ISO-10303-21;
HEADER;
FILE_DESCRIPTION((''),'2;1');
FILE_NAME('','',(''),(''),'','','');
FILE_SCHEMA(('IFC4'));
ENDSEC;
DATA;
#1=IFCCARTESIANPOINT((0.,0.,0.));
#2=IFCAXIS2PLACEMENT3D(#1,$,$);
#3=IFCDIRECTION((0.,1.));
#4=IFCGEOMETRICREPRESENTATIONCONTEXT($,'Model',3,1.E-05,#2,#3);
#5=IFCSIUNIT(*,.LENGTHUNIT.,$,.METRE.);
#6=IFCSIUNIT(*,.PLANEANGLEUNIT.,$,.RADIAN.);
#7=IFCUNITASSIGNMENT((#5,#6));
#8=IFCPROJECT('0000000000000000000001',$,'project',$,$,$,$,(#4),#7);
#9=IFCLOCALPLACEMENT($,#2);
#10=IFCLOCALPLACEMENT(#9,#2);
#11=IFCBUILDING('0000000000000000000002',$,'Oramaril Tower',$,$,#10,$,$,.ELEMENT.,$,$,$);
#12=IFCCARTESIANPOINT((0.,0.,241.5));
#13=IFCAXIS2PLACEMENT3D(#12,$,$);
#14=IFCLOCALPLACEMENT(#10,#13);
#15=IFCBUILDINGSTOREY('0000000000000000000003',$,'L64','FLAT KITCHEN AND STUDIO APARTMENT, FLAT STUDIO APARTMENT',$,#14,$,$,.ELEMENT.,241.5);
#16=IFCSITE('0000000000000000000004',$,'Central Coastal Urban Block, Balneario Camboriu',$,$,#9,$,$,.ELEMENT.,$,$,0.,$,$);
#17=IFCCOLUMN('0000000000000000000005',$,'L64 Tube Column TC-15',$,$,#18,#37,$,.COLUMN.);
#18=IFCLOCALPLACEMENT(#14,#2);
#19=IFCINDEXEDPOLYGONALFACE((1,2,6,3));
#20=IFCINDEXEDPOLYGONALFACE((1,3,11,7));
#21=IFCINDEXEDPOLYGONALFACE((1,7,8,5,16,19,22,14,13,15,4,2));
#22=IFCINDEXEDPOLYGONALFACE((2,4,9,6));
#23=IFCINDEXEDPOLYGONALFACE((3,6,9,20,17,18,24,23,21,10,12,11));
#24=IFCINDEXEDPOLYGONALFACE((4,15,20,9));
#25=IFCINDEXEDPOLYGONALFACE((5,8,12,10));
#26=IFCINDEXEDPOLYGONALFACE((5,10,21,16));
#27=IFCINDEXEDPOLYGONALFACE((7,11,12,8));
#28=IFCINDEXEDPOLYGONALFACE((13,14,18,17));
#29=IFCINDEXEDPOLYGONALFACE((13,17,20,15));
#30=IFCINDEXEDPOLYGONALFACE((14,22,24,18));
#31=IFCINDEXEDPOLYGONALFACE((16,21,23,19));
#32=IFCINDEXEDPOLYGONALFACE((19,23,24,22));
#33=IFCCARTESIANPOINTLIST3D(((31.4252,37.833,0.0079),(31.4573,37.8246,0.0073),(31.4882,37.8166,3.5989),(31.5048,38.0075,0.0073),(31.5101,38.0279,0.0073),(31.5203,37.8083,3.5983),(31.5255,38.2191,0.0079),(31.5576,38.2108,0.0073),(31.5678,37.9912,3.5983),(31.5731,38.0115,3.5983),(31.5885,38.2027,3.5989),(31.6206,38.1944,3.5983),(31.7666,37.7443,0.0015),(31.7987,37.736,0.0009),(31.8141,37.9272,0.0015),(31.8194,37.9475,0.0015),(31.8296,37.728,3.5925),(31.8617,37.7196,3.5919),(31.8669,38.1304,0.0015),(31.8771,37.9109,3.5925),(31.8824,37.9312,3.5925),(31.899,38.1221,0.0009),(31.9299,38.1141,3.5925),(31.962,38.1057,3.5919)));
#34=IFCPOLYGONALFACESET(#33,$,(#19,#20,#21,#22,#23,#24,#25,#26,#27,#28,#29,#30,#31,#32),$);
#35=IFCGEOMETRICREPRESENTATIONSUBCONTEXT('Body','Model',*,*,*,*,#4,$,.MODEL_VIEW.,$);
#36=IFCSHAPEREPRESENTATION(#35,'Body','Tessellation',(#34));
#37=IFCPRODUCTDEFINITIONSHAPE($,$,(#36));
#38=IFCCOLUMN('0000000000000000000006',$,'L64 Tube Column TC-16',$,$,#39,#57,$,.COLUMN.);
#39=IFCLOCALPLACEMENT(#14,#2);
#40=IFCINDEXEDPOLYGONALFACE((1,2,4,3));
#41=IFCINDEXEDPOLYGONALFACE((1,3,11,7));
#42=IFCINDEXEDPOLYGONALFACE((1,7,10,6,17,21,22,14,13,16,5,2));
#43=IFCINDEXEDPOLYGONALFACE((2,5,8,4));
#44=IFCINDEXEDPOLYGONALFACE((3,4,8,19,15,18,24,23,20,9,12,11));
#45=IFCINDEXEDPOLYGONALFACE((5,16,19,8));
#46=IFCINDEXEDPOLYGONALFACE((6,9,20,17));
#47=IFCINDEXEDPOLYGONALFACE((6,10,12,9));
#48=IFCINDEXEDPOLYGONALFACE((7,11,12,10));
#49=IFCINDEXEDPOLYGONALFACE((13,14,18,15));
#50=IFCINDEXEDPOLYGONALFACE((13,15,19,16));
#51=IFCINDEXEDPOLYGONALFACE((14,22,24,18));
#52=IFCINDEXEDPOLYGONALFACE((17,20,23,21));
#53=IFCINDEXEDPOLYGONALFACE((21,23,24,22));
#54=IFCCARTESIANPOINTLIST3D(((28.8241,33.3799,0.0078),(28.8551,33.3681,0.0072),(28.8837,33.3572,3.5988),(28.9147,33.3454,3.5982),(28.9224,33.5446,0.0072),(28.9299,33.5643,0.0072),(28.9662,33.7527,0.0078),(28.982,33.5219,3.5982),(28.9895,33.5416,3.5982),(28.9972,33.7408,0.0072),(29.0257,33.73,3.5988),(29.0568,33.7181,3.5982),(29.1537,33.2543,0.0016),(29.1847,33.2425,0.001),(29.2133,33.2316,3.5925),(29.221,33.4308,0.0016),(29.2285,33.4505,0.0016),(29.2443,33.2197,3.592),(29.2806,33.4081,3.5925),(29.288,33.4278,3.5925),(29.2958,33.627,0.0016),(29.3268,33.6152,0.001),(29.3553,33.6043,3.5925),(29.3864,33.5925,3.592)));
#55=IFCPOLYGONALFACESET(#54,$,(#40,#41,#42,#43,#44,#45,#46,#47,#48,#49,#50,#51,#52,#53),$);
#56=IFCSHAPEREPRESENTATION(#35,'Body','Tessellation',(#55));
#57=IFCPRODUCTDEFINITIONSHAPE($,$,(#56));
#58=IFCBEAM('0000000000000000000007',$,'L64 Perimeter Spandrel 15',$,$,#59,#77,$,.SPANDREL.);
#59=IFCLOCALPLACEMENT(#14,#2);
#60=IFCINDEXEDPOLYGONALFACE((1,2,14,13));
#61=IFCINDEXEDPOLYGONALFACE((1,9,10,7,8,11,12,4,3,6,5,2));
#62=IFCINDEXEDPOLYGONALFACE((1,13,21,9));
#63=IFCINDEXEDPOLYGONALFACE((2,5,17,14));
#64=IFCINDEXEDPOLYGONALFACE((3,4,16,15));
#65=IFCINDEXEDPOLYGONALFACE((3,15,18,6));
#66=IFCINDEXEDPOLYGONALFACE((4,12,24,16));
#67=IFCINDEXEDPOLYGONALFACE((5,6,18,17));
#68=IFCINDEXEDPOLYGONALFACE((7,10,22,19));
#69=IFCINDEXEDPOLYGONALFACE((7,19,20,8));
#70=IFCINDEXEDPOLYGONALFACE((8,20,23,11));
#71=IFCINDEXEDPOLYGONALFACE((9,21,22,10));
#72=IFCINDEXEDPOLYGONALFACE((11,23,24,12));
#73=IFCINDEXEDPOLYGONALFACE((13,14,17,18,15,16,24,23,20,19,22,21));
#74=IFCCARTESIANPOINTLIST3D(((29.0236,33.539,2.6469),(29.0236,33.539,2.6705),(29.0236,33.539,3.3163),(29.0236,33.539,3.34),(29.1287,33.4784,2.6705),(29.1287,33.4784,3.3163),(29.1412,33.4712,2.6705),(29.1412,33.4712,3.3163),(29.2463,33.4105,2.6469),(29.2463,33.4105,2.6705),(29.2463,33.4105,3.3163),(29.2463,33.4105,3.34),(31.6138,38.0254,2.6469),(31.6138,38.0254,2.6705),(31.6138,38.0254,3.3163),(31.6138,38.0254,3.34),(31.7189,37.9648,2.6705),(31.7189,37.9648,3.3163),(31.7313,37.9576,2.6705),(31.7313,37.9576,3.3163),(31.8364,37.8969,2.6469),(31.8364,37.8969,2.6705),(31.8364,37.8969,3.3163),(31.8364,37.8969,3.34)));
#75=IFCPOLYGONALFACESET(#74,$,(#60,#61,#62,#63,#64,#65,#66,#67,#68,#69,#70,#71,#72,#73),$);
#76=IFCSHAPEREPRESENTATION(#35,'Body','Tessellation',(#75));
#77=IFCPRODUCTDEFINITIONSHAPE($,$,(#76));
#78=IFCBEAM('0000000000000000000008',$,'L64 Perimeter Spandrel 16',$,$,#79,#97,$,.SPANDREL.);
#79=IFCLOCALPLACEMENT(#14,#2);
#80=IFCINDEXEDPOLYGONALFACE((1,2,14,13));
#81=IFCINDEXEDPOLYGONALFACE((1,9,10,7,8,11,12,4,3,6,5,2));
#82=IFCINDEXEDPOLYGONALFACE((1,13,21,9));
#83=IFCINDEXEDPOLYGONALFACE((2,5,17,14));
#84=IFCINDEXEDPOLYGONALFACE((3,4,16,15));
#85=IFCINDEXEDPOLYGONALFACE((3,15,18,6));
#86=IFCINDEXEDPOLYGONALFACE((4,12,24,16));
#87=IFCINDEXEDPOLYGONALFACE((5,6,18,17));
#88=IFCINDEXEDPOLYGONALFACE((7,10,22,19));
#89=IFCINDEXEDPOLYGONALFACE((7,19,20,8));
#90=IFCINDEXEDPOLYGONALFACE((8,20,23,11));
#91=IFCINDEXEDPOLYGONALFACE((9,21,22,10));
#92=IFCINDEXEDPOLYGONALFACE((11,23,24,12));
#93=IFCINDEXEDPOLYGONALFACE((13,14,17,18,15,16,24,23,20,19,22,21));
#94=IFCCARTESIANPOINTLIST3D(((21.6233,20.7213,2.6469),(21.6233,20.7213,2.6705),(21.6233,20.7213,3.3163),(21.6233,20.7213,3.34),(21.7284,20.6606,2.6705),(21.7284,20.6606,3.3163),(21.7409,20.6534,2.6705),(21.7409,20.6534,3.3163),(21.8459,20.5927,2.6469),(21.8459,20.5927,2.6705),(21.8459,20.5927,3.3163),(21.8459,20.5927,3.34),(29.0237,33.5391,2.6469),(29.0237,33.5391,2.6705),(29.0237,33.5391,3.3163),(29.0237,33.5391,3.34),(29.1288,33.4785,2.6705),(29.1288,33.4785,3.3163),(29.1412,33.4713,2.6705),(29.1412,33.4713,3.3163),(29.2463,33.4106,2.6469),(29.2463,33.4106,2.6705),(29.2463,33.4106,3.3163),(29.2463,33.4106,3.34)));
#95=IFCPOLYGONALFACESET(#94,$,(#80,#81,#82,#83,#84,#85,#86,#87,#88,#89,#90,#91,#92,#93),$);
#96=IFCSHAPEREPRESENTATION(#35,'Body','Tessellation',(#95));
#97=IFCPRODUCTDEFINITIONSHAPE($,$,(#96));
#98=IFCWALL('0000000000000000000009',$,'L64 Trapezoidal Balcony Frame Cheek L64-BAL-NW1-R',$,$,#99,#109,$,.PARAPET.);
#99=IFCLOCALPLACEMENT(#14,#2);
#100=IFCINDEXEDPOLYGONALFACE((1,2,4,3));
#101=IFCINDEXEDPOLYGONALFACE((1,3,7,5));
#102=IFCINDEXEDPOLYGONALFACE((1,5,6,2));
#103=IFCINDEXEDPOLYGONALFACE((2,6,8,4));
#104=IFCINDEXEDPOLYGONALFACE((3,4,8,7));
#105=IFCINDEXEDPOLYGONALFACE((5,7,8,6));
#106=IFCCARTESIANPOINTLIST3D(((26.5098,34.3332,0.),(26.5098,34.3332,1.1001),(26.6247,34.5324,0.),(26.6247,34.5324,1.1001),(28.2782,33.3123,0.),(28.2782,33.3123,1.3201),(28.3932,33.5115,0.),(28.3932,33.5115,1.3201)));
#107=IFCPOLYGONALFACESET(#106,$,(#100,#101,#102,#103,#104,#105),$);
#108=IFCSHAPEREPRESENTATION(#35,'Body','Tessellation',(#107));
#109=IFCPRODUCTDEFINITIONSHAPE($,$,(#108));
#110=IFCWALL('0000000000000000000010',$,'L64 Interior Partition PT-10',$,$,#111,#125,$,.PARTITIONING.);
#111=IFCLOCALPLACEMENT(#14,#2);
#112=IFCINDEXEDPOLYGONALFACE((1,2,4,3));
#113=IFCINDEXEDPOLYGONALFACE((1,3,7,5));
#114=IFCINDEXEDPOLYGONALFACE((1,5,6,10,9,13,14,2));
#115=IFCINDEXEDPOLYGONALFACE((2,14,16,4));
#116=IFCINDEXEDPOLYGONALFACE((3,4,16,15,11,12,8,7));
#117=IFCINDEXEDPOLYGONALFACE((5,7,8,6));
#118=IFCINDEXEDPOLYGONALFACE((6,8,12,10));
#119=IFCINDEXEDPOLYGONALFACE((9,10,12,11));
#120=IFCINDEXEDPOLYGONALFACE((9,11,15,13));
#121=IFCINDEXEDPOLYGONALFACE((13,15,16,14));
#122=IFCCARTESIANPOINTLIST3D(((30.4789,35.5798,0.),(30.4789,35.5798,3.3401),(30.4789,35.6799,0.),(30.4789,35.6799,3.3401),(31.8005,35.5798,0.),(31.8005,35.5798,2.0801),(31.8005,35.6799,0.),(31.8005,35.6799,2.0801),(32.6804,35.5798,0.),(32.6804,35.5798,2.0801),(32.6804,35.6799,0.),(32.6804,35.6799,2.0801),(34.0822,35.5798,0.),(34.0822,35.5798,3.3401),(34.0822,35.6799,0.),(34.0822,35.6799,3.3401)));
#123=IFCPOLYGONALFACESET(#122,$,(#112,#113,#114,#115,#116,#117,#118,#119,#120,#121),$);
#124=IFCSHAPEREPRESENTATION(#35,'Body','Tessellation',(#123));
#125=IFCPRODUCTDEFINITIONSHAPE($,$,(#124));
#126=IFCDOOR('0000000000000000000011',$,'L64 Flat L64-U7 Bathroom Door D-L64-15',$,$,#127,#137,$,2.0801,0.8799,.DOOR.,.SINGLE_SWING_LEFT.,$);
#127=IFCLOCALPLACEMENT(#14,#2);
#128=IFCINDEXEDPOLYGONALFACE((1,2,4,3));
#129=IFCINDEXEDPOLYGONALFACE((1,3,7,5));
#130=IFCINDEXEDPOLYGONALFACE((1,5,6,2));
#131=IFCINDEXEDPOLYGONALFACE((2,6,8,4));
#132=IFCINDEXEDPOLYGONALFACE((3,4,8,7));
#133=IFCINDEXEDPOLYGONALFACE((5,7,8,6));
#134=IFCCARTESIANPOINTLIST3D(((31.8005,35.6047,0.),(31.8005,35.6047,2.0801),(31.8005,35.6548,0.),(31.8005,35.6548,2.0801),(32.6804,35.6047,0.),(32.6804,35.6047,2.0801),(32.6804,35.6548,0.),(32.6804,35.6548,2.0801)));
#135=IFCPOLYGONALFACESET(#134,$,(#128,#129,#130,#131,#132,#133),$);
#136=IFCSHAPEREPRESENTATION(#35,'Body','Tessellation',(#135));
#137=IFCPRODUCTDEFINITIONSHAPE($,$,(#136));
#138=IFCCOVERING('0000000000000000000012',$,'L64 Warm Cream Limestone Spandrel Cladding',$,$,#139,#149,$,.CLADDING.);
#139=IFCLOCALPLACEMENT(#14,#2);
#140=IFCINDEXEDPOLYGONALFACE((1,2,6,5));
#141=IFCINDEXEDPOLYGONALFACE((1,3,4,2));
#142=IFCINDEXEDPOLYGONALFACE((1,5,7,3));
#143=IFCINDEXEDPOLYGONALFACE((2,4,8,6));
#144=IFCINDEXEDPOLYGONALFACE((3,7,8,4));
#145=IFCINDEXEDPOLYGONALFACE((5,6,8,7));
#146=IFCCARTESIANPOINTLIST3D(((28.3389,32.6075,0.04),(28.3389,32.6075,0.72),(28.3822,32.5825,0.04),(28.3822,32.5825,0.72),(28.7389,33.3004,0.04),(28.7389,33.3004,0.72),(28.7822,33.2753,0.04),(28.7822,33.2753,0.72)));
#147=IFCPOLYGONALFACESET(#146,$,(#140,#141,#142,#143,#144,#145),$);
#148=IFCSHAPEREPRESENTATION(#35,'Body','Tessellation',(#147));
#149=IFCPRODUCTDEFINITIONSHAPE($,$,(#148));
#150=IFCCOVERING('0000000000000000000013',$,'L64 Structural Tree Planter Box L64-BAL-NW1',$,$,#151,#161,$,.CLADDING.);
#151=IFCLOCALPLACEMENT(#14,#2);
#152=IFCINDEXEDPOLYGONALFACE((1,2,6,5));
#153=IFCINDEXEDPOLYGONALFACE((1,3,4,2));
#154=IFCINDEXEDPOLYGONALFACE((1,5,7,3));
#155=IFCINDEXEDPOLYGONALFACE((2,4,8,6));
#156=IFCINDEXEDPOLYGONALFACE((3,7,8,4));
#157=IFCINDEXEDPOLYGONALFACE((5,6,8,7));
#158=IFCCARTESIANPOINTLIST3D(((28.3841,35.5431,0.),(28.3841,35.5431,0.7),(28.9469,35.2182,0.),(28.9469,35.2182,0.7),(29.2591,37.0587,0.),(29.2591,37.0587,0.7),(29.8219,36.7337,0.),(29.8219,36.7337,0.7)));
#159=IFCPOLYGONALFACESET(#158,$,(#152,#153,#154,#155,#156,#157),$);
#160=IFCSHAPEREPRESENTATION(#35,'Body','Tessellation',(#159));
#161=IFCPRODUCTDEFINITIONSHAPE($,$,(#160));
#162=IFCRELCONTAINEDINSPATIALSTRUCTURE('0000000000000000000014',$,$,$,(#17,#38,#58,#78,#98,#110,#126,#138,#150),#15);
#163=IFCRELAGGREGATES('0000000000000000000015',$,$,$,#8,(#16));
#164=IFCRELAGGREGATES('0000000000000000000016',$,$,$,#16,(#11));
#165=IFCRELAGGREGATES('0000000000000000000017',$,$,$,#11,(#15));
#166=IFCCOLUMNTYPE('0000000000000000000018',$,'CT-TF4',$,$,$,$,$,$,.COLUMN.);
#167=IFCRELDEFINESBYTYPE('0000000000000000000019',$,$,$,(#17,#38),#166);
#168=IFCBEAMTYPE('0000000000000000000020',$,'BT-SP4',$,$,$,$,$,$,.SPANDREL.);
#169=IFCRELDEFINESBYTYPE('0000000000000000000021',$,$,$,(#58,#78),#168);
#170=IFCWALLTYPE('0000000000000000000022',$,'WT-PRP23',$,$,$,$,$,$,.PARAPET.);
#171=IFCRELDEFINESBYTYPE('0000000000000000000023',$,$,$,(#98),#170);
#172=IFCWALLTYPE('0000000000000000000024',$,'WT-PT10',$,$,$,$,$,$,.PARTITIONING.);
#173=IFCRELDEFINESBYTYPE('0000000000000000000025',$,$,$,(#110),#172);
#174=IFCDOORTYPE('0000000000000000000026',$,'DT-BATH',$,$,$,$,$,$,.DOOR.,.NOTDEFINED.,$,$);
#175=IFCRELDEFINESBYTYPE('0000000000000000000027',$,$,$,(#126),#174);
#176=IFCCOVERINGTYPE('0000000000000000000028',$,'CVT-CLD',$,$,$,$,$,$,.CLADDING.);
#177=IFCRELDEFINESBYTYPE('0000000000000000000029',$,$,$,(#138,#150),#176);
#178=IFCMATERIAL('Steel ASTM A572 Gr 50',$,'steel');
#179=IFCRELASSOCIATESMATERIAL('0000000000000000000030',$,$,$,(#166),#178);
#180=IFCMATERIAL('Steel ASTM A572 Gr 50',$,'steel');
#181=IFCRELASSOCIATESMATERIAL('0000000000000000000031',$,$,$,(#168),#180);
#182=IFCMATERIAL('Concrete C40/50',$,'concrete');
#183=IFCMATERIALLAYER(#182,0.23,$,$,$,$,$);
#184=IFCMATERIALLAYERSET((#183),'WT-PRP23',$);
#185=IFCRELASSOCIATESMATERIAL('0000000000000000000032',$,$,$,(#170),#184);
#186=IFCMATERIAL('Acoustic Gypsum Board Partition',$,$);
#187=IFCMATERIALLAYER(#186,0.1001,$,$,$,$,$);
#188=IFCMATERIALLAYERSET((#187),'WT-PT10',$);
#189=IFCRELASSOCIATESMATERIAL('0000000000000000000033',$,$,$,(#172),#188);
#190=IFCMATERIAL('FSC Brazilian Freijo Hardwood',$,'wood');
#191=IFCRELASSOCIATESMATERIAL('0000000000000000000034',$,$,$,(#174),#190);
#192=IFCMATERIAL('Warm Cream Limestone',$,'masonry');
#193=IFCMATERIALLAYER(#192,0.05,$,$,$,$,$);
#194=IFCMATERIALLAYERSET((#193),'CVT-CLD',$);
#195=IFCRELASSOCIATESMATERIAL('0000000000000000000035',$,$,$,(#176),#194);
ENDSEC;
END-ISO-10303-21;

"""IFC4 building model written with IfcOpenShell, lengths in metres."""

from ifc_helpers import new_model, si_unit, direction, frame, frame_2d, origin, origin_2d, place, context, subcontext, project, spatial, polyline, rectangle, i_section, outline, extrude, material, layer, layer_set, material_profile, profile_set, type_object, element, fill, save


model = new_model("IFC4")

# Units and contexts
model_context = context("Model", 3, precision=1e-05, world=origin(), true_north=direction((0.0, 1.0)))
body_context = subcontext(model_context, "Body", "Model", "MODEL_VIEW")
ifc_project = project(units=[si_unit("LENGTHUNIT", "METRE"), si_unit("PLANEANGLEUNIT", "RADIAN")], contexts=[model_context])

# Site, building, storey
site_placement = place(None, origin())
site = spatial("IfcSite", under=ifc_project, at=site_placement, Name="Central Coastal Urban Block, Balneario Camboriu", CompositionType="ELEMENT", RefElevation=0.0)
building_placement = place(site_placement, origin())
building = spatial("IfcBuilding", under=site, at=building_placement, Name="Oramaril Tower", CompositionType="ELEMENT")
storey_placement = place(building_placement, frame((0.0, 0.0, 241.5)))
storey = spatial("IfcBuildingStorey", under=building, at=storey_placement, Name="L64", Description="FLAT KITCHEN AND STUDIO APARTMENT, FLAT STUDIO APARTMENT", CompositionType="ELEMENT", Elevation=241.5)

# Columns
ifc_material_1 = material(Name="Steel ASTM A572 Gr 50", Category="steel")
ifc_material_profile_1 = material_profile(ifc_material_1, i_section(OverallWidth=0.3989, OverallDepth=0.386, WebThickness=0.021, FlangeThickness=0.0332, at=origin_2d()), Name="W14X176")
ifc_profile_set_1 = profile_set([ifc_material_profile_1], Name="Steel ASTM A572 Gr 50")
column_type = type_object("IfcColumnType", Name="CT-TF4", PredefinedType="COLUMN", material=ifc_profile_set_1)
for number, where, z_axis, x_axis, name in (
    (1, (31.6621, 37.9775, 0.0044), (0.017537, -0.004554, 0.999836), (0.251353, 0.967896, 0.0), "L64 Tube Column TC-15"),
    (2, (29.0754, 33.4976, 0.0044), (0.016586, -0.006322, 0.999842), (0.356155, 0.934427, 0.0), "L64 Tube Column TC-16"),
):
    element("IfcColumn", number, at=place(storey_placement, frame(where, z_axis=z_axis, x_axis=x_axis)), inside=storey, type_object=column_type, Name=name, PredefinedType="COLUMN", context=body_context, shape_type="SweptSolid", body=[
        extrude(i_section(OverallWidth=0.3989, OverallDepth=0.386, WebThickness=0.021, FlangeThickness=0.0332, at=origin_2d()), origin(), (0.0, 0.0, 1.0), 3.5916),
    ])

# Beams
ifc_material_2 = material(Name="Steel ASTM A572 Gr 50", Category="steel")
ifc_material_profile_2 = material_profile(ifc_material_2, i_section(OverallWidth=0.2571, OverallDepth=0.6931, WebThickness=0.0144, FlangeThickness=0.0237, at=origin_2d()), Name="W27X114")
ifc_profile_set_2 = profile_set([ifc_material_profile_2], Name="Steel ASTM A572 Gr 50")
beam_type = type_object("IfcBeamType", Name="BT-SP4", PredefinedType="SPANDREL", material=ifc_profile_set_2)
beam_1_placement = place(storey_placement, frame((31.7251, 37.9612, 2.9934), z_axis=(-0.499986, -0.866033, 0.0), x_axis=(0.866033, -0.499986, 0.0)))
element("IfcBeam", 3, at=beam_1_placement, inside=storey, type_object=beam_type, Name="L64 Perimeter Spandrel 15", PredefinedType="SPANDREL", context=body_context, shape_type="SweptSolid", body=[
    extrude(i_section(OverallWidth=0.2571, OverallDepth=0.6931, WebThickness=0.0144, FlangeThickness=0.0237, at=origin_2d()), origin(), (0.0, 0.0, 1.0), 5.1804),
])
beam_2_placement = place(storey_placement, frame((29.135, 33.4749, 2.9934), z_axis=(-0.499999, -0.866026, 0.0), x_axis=(0.866026, -0.499999, 0.0)))
element("IfcBeam", 4, at=beam_2_placement, inside=storey, type_object=beam_type, Name="L64 Perimeter Spandrel 16", PredefinedType="SPANDREL", context=body_context, shape_type="SweptSolid", body=[
    extrude(i_section(OverallWidth=0.2571, OverallDepth=0.6931, WebThickness=0.0144, FlangeThickness=0.0237, at=origin_2d()), origin(), (0.0, 0.0, 1.0), 14.8008),
])

# Wall
ifc_material_3 = material(Name="Concrete C40/50", Category="concrete")
ifc_layer_1 = layer(ifc_material_3, 0.23)
ifc_layer_set_1 = layer_set([ifc_layer_1], Name="WT-PRP23")
wall_type_1 = type_object("IfcWallType", Name="WT-PRP23", PredefinedType="PARAPET", material=ifc_layer_set_1)
wall_1_placement = place(storey_placement, frame((28.3357, 33.4119, 0.0), z_axis=(0.0, 0.0, 1.0), x_axis=(-0.866042, 0.499971, 0.0)))
element("IfcWall", 5, at=wall_1_placement, inside=storey, type_object=wall_type_1, Name="L64 Trapezoidal Balcony Frame Cheek L64-BAL-NW1-R", PredefinedType="PARAPET", context=body_context, shape_type="SweptSolid", body=[
    extrude(outline(polyline([(0.0, 0.0), (2.042, 0.0), (2.042, 1.1001), (0.0, 1.3201), (0.0, 0.0)])), frame((0.0, 0.115, 0.0), z_axis=(0.0, -1.0, 0.0), x_axis=(1.0, 0.0, 0.0)), (0.0, 0.0, 1.0), 0.23),
])

# Wall, opening, door
ifc_material_4 = material(Name="Acoustic Gypsum Board Partition")
ifc_layer_2 = layer(ifc_material_4, 0.1001)
ifc_layer_set_2 = layer_set([ifc_layer_2], Name="WT-PT10")
wall_type_2 = type_object("IfcWallType", Name="WT-PT10", PredefinedType="PARTITIONING", material=ifc_layer_set_2)
wall_2_placement = place(storey_placement, frame((30.4788, 35.6299, 0.0), z_axis=(0.0, 0.0, 1.0), x_axis=(1.0, 0.0, 0.0)))
wall_2 = element("IfcWall", 6, at=wall_2_placement, inside=storey, type_object=wall_type_2, Name="L64 Interior Partition PT-10", PredefinedType="PARTITIONING", context=body_context, shape_type="SweptSolid", body=[
    extrude(rectangle(XDim=3.6033, YDim=0.1001, at=frame_2d((1.8018, 0.0))), origin(), (0.0, 0.0, 1.0), 3.3401),
])
opening_placement = place(wall_2_placement, frame((1.3218, 0.0, 0.0)))
opening = element("IfcOpeningElement", 7, at=opening_placement, cuts=wall_2, PredefinedType="OPENING", context=body_context, shape_type="SweptSolid", body=[
    extrude(rectangle(XDim=0.8799, YDim=2.0801, at=frame_2d((0.4399, 1.04))), frame((0.0, 0.05, 0.0), z_axis=(0.0, -1.0, 0.0), x_axis=(1.0, 0.0, 0.0)), (0.0, 0.0, 1.0), 0.1001),
])
ifc_material_5 = material(Name="FSC Brazilian Freijo Hardwood", Category="wood")
door_type = type_object("IfcDoorType", Name="DT-BATH", OperationType="NOTDEFINED", PredefinedType="DOOR", material=ifc_material_5)
door_placement = place(opening_placement, origin())
door = element("IfcDoor", 8, at=door_placement, inside=storey, type_object=door_type, Name="L64 Flat L64-U7 Bathroom Door D-L64-15", OperationType="SINGLE_SWING_LEFT", OverallHeight=2.0801, OverallWidth=0.8799, PredefinedType="DOOR", context=body_context, shape_type="SweptSolid", body=[
    extrude(rectangle(XDim=0.8799, YDim=2.0801, at=frame_2d((0.4399, 1.04))), frame((0.0, 0.0249, 0.0), z_axis=(0.0, -1.0, 0.0), x_axis=(1.0, 0.0, 0.0)), (0.0, 0.0, 1.0), 0.05),
])
fill(opening, door)

# Coverings
ifc_material_6 = material(Name="Warm Cream Limestone", Category="masonry")
ifc_layer_3 = layer(ifc_material_6, 0.05)
ifc_layer_set_3 = layer_set([ifc_layer_3], Name="CVT-CLD")
covering_type = type_object("IfcCoveringType", Name="CVT-CLD", PredefinedType="CLADDING", material=ifc_layer_set_3)
covering_1_placement = place(storey_placement, frame((28.5605, 32.9414, 0.04), z_axis=(0.0, 0.0, 1.0), x_axis=(-0.499998, -0.866026, 0.0)))
element("IfcCovering", 9, at=covering_1_placement, inside=storey, type_object=covering_type, Name="L64 Warm Cream Limestone Spandrel Cladding", PredefinedType="CLADDING", context=body_context, shape_type="SweptSolid", body=[
    extrude(rectangle(XDim=0.8, YDim=0.05, at=origin_2d()), origin(), (0.0, 0.0, 1.0), 0.6799),
])
covering_2_placement = place(storey_placement, frame((29.103, 36.1384, 0.0), z_axis=(0.0, 0.0, 1.0), x_axis=(-0.499998, -0.866026, 0.0)))
element("IfcCovering", 10, at=covering_2_placement, inside=storey, type_object=covering_type, Name="L64 Structural Tree Planter Box L64-BAL-NW1", PredefinedType="CLADDING", context=body_context, shape_type="SweptSolid", body=[
    extrude(rectangle(XDim=1.75, YDim=0.6499, at=origin_2d()), origin(), (0.0, 0.0, 1.0), 0.7),
])

save(model, "model.ifc")
